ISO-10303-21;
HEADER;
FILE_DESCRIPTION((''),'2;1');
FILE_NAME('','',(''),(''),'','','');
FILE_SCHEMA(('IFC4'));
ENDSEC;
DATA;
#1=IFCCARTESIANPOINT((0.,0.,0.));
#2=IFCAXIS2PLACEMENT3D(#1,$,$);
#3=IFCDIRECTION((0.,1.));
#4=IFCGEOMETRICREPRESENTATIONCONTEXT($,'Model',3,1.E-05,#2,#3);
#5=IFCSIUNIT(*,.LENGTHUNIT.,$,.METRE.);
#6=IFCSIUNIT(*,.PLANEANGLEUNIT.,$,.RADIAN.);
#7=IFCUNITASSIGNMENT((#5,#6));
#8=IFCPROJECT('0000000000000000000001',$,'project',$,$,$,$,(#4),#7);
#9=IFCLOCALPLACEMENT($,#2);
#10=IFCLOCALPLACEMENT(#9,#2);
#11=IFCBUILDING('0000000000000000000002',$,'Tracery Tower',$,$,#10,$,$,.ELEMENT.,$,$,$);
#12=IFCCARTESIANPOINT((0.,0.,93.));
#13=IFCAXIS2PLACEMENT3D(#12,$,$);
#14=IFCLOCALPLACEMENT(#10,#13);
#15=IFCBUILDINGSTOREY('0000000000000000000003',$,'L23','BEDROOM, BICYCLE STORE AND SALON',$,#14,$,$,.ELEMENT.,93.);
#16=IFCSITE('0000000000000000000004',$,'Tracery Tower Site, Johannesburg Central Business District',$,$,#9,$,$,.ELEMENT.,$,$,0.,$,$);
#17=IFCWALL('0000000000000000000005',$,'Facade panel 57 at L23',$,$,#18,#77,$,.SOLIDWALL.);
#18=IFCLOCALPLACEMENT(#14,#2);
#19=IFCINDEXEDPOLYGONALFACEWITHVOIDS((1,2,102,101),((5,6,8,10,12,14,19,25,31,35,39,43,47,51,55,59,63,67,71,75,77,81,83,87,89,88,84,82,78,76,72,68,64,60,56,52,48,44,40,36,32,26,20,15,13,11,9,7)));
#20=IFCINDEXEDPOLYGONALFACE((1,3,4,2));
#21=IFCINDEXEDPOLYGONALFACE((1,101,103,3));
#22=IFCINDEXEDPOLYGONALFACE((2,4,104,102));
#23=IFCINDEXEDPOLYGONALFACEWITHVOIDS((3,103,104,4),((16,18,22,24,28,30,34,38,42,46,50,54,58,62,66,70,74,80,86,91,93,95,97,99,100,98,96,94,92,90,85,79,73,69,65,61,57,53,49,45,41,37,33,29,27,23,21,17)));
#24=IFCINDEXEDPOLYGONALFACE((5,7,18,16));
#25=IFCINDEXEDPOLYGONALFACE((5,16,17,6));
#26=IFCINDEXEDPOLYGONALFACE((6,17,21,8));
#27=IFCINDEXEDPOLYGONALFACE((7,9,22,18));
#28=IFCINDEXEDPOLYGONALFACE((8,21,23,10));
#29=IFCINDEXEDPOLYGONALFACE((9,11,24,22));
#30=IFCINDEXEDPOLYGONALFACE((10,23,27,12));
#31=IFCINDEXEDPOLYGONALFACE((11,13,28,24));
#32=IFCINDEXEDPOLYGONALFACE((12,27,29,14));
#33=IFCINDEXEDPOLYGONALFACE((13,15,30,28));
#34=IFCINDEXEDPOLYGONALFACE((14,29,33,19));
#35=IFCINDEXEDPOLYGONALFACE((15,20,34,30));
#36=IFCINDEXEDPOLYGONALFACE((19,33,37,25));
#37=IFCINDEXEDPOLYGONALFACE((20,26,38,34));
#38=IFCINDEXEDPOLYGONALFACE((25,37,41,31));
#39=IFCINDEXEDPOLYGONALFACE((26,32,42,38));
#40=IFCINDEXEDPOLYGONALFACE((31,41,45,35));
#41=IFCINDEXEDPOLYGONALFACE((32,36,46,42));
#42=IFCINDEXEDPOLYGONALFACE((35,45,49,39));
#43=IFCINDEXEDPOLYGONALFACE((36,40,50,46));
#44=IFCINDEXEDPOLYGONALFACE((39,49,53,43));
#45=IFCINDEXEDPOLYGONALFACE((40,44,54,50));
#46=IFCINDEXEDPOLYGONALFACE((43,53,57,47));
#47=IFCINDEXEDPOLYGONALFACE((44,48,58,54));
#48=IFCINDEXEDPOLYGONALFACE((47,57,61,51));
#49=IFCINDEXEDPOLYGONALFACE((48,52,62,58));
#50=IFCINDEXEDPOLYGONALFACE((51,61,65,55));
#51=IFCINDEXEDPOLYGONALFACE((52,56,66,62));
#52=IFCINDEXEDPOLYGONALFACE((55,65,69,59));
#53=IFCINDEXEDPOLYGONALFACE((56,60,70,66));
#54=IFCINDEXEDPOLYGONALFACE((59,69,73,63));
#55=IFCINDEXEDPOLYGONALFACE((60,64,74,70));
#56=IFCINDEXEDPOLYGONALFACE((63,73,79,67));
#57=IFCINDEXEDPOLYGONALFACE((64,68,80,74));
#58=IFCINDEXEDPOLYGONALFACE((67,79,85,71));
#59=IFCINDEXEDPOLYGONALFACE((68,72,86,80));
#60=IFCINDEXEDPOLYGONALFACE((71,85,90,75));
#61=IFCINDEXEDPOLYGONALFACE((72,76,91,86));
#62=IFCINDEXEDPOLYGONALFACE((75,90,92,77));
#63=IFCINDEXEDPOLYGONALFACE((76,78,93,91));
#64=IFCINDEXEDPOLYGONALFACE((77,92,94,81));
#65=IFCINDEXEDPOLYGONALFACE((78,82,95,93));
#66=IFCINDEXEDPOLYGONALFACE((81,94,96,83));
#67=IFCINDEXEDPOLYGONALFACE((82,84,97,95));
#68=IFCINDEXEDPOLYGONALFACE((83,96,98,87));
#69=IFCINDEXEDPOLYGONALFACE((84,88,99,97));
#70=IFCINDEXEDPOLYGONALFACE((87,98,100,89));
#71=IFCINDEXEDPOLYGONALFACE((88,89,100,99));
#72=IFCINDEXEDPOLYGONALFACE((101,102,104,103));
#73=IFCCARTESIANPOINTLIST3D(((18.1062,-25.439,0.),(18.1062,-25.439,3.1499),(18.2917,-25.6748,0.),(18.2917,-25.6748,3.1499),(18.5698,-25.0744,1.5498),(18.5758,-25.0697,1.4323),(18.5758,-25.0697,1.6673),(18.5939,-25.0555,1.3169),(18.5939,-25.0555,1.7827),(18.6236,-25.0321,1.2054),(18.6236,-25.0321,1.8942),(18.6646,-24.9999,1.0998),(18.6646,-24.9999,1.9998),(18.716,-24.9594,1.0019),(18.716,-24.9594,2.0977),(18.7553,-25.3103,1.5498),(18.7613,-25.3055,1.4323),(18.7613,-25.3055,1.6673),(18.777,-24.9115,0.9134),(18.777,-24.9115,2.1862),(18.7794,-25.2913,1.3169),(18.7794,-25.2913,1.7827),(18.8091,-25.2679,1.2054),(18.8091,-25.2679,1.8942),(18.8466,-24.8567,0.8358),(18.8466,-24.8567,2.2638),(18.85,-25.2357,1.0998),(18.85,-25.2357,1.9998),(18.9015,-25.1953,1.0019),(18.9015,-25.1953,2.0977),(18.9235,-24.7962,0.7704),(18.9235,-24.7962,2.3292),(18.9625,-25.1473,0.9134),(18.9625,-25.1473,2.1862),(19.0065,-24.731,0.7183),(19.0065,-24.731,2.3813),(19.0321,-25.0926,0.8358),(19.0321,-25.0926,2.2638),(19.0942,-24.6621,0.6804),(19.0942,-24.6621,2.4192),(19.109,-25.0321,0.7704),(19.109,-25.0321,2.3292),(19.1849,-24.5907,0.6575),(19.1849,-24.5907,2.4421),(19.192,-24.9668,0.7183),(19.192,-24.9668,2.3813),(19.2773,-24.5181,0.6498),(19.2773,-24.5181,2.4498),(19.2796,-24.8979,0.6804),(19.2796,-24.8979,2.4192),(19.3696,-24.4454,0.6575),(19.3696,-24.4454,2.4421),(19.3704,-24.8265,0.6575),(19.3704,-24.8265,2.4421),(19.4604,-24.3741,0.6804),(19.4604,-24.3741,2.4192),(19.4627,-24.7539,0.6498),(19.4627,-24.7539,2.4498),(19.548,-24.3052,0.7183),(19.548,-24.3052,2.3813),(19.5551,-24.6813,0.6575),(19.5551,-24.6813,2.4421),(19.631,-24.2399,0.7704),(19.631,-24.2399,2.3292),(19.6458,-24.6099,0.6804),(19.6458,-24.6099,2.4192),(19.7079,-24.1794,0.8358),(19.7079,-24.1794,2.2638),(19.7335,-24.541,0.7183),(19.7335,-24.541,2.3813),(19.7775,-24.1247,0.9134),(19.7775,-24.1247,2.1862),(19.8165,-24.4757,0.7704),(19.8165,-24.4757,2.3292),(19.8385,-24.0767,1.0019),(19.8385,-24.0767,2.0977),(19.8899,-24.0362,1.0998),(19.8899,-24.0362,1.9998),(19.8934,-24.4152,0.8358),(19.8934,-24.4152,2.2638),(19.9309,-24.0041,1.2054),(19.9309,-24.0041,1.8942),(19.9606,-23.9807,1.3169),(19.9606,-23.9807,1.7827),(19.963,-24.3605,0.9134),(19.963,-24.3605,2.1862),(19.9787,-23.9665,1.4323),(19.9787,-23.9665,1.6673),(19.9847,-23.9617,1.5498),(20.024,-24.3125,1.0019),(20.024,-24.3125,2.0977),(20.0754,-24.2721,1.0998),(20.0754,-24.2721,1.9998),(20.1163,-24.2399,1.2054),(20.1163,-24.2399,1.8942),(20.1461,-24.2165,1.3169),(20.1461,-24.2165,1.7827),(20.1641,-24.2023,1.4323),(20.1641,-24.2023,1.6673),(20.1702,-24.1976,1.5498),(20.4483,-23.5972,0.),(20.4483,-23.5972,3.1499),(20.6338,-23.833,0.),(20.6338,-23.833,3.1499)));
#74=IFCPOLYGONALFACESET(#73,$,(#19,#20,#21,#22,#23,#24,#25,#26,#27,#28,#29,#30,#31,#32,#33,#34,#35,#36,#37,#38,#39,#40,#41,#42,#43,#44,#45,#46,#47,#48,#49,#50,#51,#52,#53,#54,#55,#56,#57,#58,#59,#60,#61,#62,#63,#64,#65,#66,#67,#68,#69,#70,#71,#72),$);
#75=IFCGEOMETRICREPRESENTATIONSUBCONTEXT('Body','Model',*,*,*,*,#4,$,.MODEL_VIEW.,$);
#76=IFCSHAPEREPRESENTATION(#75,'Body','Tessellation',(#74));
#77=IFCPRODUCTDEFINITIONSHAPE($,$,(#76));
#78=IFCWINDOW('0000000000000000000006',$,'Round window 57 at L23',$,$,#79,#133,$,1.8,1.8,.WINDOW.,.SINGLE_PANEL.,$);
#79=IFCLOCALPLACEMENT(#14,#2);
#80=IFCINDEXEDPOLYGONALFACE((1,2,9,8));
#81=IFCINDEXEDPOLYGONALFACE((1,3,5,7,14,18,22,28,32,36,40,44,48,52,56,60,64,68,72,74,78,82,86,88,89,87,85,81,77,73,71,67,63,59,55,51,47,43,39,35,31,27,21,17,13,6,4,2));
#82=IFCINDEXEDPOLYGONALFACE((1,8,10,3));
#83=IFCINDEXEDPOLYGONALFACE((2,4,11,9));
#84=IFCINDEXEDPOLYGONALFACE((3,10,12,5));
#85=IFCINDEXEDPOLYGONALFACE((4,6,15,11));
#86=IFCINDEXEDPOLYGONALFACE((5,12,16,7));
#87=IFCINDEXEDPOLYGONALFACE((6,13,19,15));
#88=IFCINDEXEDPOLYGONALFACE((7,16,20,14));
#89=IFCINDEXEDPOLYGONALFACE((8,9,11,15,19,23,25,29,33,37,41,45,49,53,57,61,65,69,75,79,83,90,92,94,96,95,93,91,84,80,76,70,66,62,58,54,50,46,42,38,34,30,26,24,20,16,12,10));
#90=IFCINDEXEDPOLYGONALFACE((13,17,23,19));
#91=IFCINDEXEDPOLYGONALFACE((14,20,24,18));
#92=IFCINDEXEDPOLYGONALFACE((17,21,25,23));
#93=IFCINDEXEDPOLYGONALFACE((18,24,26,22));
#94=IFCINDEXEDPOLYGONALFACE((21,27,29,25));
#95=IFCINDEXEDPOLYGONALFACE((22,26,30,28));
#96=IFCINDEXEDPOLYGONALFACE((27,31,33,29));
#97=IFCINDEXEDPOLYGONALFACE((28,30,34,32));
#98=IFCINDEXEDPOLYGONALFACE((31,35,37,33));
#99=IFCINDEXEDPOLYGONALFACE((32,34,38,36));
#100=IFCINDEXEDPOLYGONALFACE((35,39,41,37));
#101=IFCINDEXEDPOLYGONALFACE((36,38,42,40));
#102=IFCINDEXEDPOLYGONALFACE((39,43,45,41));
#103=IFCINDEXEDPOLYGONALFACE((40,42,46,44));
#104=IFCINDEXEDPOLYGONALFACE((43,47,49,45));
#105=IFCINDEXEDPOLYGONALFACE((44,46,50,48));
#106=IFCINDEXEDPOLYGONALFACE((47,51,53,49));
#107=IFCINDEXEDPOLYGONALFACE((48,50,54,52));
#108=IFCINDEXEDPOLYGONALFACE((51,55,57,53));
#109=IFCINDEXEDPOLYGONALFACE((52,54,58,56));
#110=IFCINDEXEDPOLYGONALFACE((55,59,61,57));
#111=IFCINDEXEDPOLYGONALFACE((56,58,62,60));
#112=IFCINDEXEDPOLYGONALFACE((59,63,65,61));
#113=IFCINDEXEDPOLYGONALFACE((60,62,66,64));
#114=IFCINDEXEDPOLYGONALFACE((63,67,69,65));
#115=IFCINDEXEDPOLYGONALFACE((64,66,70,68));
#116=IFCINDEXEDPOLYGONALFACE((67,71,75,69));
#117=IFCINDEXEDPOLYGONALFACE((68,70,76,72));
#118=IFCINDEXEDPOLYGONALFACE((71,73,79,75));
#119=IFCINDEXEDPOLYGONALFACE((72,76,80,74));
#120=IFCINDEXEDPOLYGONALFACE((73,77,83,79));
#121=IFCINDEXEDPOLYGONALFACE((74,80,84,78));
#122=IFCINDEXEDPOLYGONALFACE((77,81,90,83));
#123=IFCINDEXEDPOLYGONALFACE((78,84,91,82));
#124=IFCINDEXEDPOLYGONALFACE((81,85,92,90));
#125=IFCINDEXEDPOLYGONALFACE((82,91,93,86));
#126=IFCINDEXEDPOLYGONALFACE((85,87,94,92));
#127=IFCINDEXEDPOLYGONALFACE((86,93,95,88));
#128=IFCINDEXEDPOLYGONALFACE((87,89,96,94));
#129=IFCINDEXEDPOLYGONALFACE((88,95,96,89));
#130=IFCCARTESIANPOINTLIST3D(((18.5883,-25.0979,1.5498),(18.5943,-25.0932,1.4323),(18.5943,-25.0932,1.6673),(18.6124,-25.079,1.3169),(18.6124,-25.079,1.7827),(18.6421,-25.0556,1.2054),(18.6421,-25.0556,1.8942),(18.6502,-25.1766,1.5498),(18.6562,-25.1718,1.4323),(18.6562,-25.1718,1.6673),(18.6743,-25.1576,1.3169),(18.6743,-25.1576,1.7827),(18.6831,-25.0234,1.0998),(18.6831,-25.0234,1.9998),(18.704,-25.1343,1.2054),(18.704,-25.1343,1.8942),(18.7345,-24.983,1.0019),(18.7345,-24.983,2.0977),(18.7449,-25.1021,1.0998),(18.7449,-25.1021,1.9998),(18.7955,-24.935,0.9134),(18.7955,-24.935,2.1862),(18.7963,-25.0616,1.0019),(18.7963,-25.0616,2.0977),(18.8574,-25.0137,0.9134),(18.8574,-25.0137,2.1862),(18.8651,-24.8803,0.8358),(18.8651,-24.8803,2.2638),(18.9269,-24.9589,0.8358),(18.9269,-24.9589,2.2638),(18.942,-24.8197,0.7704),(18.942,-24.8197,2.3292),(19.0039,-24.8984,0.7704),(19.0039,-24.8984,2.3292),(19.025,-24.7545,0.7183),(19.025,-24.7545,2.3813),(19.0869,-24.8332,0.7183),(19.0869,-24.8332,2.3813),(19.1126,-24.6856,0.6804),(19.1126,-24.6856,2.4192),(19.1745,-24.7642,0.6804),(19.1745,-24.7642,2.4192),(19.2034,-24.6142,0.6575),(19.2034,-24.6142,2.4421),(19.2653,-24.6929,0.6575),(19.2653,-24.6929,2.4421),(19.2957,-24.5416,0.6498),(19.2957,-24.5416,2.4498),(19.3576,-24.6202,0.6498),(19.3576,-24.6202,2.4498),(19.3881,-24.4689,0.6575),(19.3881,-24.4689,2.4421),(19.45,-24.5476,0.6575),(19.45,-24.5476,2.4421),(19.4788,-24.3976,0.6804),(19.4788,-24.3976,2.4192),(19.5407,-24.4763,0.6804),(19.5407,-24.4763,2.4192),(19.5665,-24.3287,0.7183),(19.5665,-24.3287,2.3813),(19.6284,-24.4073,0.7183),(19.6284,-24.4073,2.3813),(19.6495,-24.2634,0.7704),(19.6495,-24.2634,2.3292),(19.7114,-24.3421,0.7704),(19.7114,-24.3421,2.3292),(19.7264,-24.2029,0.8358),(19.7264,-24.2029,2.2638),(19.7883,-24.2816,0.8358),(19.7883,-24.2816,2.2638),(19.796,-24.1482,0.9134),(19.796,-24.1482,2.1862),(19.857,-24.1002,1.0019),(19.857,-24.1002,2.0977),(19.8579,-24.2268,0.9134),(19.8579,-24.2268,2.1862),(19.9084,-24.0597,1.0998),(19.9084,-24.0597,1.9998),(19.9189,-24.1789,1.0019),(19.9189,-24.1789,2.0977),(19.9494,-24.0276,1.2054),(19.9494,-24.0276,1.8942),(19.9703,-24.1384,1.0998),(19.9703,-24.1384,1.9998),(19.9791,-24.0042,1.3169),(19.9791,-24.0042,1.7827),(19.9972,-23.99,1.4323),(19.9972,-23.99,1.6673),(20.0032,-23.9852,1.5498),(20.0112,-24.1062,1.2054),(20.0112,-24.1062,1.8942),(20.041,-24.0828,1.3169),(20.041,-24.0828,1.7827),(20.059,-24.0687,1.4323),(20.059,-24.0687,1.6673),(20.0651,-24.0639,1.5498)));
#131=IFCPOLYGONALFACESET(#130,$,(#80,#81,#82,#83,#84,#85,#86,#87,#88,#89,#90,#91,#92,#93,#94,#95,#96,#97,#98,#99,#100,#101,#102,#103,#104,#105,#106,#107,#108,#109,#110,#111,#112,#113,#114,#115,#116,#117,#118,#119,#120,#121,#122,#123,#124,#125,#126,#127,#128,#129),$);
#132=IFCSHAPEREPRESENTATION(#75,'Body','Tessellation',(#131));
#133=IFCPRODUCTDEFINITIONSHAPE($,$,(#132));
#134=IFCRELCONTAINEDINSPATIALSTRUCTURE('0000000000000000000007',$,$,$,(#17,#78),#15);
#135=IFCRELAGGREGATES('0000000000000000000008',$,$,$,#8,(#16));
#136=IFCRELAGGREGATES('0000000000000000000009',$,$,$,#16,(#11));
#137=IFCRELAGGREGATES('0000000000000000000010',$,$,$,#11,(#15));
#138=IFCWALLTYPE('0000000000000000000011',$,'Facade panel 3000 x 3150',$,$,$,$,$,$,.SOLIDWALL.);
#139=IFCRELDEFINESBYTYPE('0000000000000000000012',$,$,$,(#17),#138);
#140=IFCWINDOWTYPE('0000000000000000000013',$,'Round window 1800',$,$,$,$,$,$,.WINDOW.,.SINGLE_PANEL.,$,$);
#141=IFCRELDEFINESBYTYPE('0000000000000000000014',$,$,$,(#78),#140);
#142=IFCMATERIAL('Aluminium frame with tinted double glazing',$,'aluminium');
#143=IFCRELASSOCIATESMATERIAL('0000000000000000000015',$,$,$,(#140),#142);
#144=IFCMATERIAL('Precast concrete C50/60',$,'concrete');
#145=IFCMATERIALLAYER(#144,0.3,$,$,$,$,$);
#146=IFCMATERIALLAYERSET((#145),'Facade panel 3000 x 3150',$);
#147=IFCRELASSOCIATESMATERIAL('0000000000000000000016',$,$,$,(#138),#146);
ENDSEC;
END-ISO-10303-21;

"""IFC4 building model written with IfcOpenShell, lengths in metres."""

from ifc_helpers import new_model, si_unit, direction, frame, frame_2d, origin, origin_2d, place, context, subcontext, project, spatial, rectangle, circle, extrude, material, layer, layer_set, type_object, element, fill, save


model = new_model("IFC4")

# Units and contexts
model_context = context("Model", 3, precision=1e-05, world=origin(), true_north=direction((0.0, 1.0)))
body_context = subcontext(model_context, "Body", "Model", "MODEL_VIEW")
ifc_project = project(units=[si_unit("LENGTHUNIT", "METRE"), si_unit("PLANEANGLEUNIT", "RADIAN")], contexts=[model_context])

# Site, building, storey
site_placement = place(None, origin())
site = spatial("IfcSite", under=ifc_project, at=site_placement, Name="Tracery Tower Site, Johannesburg Central Business District", CompositionType="ELEMENT", RefElevation=0.0)
building_placement = place(site_placement, origin())
building = spatial("IfcBuilding", under=site, at=building_placement, Name="Tracery Tower", CompositionType="ELEMENT")
storey_placement = place(building_placement, frame((0.0, 0.0, 93.0)))
storey = spatial("IfcBuildingStorey", under=building, at=storey_placement, Name="L23", Description="BEDROOM, BICYCLE STORE AND SALON", CompositionType="ELEMENT", Elevation=93.0)

# Wall, opening, window
ifc_material_1 = material(Name="Aluminium frame with tinted double glazing", Category="aluminium")
window_type = type_object("IfcWindowType", Name="Round window 1800", PartitioningType="SINGLE_PANEL", PredefinedType="WINDOW", material=ifc_material_1)
ifc_material_2 = material(Name="Precast concrete C50/60", Category="concrete")
ifc_layer_1 = layer(ifc_material_2, 0.3)
ifc_layer_set_1 = layer_set([ifc_layer_1], Name="Facade panel 3000 x 3150")
wall_type_1 = type_object("IfcWallType", Name="Facade panel 3000 x 3150", PredefinedType="SOLIDWALL", material=ifc_layer_set_1)
wall_1_placement = place(storey_placement, frame((18.199, -25.5569, 0.0), z_axis=(0.0, 0.0, 1.0), x_axis=(0.786054, 0.618158, 0.0)))
wall_1 = element("IfcWall", 1, at=wall_1_placement, inside=storey, type_object=wall_type_1, Name="Facade panel 57 at L23", PredefinedType="SOLIDWALL", context=body_context, shape_type="SweptSolid", body=[
    extrude(rectangle(XDim=2.9795, YDim=0.3, at=frame_2d((1.4897, 0.0))), origin(), (0.0, 0.0, 1.0), 3.1499),
])
opening_1_placement = place(wall_1_placement, frame((1.4897, 0.0, 1.5498)))
opening_1 = element("IfcOpeningElement", 2, at=opening_1_placement, cuts=wall_1, PredefinedType="OPENING", context=body_context, shape_type="SweptSolid", body=[
    extrude(circle(Radius=0.9, at=origin_2d()), frame((0.0, 0.1599, 0.0), z_axis=(0.0, -1.0, 0.0), x_axis=(1.0, 0.0, 0.0)), (0.0, 0.0, 1.0), 0.3201),
])
window_1_placement = place(opening_1_placement, origin())
window_1 = element("IfcWindow", 3, at=window_1_placement, inside=storey, type_object=window_type, Name="Round window 57 at L23", OverallHeight=1.8, OverallWidth=1.8, PartitioningType="SINGLE_PANEL", PredefinedType="WINDOW", context=body_context, shape_type="SweptSolid", body=[
    extrude(circle(Radius=0.9, at=origin_2d()), frame((0.0, 0.1201, 0.0), z_axis=(0.0, -1.0, 0.0), x_axis=(1.0, 0.0, 0.0)), (0.0, 0.0, 1.0), 0.1001),
])
fill(opening_1, window_1)

save(model, "model.ifc")
